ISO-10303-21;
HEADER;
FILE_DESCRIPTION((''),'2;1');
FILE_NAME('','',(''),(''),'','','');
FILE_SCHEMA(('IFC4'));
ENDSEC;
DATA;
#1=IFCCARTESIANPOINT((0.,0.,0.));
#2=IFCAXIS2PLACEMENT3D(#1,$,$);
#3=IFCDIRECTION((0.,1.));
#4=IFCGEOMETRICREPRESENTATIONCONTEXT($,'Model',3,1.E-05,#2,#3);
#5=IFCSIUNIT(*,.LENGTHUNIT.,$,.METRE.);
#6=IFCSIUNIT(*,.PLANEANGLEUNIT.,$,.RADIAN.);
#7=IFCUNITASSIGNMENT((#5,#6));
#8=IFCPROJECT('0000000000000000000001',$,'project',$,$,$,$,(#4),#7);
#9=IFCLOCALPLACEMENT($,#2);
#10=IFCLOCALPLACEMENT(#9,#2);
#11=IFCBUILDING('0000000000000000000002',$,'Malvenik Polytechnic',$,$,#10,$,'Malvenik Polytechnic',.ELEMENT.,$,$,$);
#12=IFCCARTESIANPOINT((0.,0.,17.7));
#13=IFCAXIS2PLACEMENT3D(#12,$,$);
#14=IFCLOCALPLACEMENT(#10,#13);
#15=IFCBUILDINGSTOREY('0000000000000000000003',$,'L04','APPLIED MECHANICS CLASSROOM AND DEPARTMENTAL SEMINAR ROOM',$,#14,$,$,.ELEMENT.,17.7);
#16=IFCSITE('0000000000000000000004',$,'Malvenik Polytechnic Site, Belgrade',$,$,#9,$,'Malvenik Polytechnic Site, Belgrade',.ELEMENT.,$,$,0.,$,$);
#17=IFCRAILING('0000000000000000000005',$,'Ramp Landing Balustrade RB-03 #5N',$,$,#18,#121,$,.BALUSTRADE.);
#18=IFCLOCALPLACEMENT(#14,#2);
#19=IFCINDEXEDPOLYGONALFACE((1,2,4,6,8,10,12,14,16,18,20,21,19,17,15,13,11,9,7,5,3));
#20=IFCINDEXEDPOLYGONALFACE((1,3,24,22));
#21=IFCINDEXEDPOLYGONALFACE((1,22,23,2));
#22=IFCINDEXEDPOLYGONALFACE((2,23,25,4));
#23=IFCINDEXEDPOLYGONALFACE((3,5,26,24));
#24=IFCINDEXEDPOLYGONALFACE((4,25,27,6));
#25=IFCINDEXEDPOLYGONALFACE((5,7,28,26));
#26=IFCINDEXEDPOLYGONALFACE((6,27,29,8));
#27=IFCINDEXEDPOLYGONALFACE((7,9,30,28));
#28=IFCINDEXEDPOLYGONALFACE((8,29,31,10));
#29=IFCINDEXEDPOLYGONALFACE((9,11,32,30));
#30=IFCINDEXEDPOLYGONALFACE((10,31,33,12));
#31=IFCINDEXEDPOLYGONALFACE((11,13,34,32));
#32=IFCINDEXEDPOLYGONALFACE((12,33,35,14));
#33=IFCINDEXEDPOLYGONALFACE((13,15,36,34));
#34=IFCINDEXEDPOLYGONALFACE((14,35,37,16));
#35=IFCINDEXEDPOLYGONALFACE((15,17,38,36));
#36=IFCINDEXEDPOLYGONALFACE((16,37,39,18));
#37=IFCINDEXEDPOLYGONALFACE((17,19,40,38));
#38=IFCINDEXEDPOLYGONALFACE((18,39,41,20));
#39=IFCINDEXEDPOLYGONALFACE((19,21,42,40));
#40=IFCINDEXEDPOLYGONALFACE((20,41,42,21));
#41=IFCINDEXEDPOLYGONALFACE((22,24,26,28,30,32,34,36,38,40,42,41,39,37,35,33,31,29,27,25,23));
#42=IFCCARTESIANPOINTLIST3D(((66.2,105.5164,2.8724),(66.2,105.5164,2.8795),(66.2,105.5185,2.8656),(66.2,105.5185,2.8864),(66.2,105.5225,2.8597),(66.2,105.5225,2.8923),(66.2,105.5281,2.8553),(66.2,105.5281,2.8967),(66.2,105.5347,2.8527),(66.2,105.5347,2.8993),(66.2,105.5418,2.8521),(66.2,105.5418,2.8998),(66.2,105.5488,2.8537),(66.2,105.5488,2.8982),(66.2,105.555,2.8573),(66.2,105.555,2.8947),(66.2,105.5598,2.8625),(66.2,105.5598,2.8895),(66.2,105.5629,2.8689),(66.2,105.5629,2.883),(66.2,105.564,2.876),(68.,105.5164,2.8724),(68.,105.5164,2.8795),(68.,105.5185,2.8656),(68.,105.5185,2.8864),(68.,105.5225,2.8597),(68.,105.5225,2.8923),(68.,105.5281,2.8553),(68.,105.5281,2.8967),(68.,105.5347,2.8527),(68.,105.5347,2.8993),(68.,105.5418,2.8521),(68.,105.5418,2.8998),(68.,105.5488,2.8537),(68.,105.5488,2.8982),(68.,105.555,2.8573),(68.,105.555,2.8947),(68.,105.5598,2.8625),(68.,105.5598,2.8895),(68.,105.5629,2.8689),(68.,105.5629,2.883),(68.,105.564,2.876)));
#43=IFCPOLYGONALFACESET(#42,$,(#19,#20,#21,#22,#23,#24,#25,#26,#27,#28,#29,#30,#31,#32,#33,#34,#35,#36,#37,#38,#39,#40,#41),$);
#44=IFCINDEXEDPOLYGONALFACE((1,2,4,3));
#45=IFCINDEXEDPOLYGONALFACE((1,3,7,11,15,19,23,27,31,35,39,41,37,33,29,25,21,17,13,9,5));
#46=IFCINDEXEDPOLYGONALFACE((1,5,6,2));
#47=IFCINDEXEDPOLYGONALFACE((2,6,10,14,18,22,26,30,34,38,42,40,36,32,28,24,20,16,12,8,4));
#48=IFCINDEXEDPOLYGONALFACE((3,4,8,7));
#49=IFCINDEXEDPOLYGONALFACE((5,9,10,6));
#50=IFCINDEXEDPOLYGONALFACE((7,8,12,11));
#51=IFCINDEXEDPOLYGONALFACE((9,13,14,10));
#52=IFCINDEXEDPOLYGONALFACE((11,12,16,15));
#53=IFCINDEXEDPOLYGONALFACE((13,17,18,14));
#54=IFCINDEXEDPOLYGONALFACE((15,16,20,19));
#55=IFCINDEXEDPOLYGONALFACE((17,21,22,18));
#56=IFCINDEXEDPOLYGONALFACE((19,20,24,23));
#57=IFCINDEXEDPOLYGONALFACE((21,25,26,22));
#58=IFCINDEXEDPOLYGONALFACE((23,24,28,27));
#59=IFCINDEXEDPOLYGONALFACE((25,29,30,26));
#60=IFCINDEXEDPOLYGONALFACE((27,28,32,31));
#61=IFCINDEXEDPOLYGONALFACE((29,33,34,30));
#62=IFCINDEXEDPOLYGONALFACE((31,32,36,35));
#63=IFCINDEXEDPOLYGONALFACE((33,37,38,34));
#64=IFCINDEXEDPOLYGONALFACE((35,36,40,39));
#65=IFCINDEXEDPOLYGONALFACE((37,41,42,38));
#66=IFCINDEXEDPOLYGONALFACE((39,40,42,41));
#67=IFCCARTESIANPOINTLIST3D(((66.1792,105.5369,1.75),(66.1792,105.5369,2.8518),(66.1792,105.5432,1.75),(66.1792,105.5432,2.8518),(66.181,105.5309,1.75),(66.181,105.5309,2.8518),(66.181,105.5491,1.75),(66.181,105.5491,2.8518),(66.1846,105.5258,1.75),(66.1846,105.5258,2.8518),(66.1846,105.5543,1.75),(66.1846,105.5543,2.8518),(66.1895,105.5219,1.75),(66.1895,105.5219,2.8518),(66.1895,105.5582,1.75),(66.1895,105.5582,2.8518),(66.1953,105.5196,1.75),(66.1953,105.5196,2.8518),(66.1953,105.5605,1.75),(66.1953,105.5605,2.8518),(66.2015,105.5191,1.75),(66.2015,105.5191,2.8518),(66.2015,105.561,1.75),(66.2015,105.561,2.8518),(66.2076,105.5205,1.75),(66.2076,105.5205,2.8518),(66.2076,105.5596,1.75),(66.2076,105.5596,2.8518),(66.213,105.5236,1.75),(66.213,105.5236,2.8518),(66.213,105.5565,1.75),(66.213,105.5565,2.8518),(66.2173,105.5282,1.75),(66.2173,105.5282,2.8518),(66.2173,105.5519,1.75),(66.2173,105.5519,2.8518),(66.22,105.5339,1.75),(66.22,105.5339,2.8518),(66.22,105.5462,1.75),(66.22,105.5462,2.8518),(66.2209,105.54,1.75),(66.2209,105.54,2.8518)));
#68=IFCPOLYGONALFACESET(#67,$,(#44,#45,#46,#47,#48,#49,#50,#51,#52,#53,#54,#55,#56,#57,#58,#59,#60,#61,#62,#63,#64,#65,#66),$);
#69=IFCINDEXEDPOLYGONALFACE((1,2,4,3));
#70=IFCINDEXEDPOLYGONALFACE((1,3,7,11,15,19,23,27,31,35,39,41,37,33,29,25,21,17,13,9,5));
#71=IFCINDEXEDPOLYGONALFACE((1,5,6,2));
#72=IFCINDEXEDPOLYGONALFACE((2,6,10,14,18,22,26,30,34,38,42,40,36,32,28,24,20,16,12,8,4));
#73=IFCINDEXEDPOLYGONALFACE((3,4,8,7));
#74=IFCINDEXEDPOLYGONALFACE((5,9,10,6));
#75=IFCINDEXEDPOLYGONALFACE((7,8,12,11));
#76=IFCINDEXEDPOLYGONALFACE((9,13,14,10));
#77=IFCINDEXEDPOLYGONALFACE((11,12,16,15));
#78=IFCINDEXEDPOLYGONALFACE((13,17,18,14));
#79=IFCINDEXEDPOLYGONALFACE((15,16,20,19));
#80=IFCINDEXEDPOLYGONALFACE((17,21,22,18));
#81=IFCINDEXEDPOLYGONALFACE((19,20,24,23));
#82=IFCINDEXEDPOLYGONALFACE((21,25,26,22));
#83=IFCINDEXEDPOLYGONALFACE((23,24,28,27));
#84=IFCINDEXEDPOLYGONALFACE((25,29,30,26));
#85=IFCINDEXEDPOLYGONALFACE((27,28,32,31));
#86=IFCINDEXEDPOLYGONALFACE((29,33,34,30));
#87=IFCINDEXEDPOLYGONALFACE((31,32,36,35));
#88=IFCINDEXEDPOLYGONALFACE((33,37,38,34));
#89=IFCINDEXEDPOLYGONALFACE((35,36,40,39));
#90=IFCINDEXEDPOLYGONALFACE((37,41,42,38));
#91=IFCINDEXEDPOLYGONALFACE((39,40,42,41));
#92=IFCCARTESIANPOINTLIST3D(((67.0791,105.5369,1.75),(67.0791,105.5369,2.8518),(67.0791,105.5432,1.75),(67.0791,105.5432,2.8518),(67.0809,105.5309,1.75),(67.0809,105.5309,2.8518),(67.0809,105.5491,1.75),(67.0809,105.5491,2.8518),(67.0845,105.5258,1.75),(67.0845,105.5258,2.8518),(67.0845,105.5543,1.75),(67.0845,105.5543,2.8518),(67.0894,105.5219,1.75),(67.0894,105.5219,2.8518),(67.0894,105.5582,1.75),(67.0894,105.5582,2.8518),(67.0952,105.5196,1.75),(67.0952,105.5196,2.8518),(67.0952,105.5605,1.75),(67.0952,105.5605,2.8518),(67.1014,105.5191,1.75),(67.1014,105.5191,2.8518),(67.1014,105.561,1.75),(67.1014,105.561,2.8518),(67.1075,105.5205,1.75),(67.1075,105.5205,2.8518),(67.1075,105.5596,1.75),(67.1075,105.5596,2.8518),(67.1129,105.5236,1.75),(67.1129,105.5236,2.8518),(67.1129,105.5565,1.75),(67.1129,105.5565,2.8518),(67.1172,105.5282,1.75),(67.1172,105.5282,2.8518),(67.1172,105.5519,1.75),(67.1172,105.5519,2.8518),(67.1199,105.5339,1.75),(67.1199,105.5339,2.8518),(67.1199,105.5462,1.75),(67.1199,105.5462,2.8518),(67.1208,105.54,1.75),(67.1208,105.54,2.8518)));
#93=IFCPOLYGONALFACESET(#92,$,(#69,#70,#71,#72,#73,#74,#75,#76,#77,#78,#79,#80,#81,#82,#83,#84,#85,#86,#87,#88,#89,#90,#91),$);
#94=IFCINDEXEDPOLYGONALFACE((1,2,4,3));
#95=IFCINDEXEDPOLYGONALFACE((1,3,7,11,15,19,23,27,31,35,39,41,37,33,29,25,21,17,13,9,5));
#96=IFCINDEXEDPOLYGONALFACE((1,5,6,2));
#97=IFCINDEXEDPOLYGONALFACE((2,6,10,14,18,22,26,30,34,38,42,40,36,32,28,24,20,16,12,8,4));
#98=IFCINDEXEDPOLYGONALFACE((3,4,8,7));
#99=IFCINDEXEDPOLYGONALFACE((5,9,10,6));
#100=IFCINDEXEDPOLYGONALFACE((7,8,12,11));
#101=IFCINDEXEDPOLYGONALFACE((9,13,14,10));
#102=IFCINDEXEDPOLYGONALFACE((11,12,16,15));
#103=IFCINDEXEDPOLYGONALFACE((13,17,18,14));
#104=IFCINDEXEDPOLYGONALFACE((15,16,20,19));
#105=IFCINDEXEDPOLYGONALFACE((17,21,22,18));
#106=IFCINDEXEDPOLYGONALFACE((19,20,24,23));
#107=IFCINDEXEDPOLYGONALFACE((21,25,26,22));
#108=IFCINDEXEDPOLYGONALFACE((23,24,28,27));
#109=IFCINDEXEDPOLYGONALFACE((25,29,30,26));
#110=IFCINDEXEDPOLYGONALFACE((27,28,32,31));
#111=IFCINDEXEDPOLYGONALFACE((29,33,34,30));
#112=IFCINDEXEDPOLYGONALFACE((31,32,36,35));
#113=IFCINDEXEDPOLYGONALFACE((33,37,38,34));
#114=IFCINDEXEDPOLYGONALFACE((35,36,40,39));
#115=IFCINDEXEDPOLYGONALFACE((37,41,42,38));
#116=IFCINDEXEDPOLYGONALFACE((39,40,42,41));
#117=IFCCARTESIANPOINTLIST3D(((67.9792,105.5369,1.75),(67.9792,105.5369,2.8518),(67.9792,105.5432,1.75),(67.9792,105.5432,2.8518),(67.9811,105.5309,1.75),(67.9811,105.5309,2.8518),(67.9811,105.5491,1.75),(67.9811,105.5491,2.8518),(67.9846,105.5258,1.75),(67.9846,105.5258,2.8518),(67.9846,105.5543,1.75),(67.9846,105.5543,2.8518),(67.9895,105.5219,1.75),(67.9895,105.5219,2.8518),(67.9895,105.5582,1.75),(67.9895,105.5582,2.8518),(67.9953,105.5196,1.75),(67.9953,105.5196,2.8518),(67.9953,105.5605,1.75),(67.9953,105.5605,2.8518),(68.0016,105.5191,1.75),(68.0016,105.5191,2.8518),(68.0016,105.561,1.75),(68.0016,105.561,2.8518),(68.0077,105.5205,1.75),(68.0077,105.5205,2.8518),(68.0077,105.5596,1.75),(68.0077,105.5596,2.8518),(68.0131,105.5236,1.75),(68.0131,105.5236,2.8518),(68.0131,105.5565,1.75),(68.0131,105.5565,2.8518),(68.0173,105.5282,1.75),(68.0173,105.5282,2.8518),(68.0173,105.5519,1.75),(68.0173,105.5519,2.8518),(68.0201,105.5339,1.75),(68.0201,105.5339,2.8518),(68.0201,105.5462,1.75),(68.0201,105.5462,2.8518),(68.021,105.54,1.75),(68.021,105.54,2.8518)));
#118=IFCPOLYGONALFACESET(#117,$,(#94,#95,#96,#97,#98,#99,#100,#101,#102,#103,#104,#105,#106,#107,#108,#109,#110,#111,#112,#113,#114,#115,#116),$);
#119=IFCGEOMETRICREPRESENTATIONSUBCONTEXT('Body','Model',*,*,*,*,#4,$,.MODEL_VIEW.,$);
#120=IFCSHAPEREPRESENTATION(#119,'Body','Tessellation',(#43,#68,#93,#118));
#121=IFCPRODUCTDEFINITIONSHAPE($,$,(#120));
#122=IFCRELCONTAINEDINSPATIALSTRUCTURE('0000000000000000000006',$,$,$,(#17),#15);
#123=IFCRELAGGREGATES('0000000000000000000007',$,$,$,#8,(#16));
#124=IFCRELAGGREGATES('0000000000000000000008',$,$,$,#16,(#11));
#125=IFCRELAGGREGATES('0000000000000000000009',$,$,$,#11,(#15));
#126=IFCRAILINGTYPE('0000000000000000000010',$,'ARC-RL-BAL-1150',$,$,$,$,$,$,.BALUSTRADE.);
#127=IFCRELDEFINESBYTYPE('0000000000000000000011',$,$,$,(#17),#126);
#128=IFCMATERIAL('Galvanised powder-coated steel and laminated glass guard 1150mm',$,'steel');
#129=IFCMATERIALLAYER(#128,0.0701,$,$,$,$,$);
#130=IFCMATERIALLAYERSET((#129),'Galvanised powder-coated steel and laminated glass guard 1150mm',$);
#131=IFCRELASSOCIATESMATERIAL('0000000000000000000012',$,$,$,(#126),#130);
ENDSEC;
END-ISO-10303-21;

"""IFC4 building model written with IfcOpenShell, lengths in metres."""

from ifc_helpers import new_model, si_unit, direction, frame, origin, origin_2d, place, context, subcontext, project, spatial, circle, extrude, material, layer, layer_set, type_object, element, save


model = new_model("IFC4")

# Units and contexts
model_context = context("Model", 3, precision=1e-05, world=origin(), true_north=direction((0.0, 1.0)))
body_context = subcontext(model_context, "Body", "Model", "MODEL_VIEW")
ifc_project = project(units=[si_unit("LENGTHUNIT", "METRE"), si_unit("PLANEANGLEUNIT", "RADIAN")], contexts=[model_context])

# Site, building, storey
site_placement = place(None, origin())
site = spatial("IfcSite", under=ifc_project, at=site_placement, Name="Malvenik Polytechnic Site, Belgrade", LongName="Malvenik Polytechnic Site, Belgrade", CompositionType="ELEMENT", RefElevation=0.0)
building_placement = place(site_placement, origin())
building = spatial("IfcBuilding", under=site, at=building_placement, Name="Malvenik Polytechnic", LongName="Malvenik Polytechnic", CompositionType="ELEMENT")
storey_placement = place(building_placement, frame((0.0, 0.0, 17.7)))
storey = spatial("IfcBuildingStorey", under=building, at=storey_placement, Name="L04", Description="APPLIED MECHANICS CLASSROOM AND DEPARTMENTAL SEMINAR ROOM", CompositionType="ELEMENT", Elevation=17.7)

# Railing
ifc_material_1 = material(Name="Galvanised powder-coated steel and laminated glass guard 1150mm", Category="steel")
ifc_layer_1 = layer(ifc_material_1, 0.0701)
ifc_layer_set_1 = layer_set([ifc_layer_1], Name="Galvanised powder-coated steel and laminated glass guard 1150mm")
railing_type_1 = type_object("IfcRailingType", Name="ARC-RL-BAL-1150", PredefinedType="BALUSTRADE", material=ifc_layer_set_1)
railing_1_placement = place(storey_placement, frame((66.2, 105.54, 1.75)))
element("IfcRailing", 1, at=railing_1_placement, inside=storey, type_object=railing_type_1, Name="Ramp Landing Balustrade RB-03 #5N", PredefinedType="BALUSTRADE", context=body_context, shape_type="SweptSolid", body=[
    extrude(circle(Radius=0.0239, at=origin_2d()), frame((0.0, 0.0, 1.126), z_axis=(1.0, 0.0, 0.0), x_axis=(0.0, 1.0, 0.0)), (0.0, 0.0, 1.0), 1.8),
    extrude(circle(Radius=0.021, at=origin_2d()), origin(), (0.0, 0.0, 1.0), 1.1018),
    extrude(circle(Radius=0.021, at=origin_2d()), frame((0.8999, 0.0, 0.0)), (0.0, 0.0, 1.0), 1.1018),
    extrude(circle(Radius=0.021, at=origin_2d()), frame((1.8, 0.0, 0.0)), (0.0, 0.0, 1.0), 1.1018),
])

save(model, "model.ifc")
